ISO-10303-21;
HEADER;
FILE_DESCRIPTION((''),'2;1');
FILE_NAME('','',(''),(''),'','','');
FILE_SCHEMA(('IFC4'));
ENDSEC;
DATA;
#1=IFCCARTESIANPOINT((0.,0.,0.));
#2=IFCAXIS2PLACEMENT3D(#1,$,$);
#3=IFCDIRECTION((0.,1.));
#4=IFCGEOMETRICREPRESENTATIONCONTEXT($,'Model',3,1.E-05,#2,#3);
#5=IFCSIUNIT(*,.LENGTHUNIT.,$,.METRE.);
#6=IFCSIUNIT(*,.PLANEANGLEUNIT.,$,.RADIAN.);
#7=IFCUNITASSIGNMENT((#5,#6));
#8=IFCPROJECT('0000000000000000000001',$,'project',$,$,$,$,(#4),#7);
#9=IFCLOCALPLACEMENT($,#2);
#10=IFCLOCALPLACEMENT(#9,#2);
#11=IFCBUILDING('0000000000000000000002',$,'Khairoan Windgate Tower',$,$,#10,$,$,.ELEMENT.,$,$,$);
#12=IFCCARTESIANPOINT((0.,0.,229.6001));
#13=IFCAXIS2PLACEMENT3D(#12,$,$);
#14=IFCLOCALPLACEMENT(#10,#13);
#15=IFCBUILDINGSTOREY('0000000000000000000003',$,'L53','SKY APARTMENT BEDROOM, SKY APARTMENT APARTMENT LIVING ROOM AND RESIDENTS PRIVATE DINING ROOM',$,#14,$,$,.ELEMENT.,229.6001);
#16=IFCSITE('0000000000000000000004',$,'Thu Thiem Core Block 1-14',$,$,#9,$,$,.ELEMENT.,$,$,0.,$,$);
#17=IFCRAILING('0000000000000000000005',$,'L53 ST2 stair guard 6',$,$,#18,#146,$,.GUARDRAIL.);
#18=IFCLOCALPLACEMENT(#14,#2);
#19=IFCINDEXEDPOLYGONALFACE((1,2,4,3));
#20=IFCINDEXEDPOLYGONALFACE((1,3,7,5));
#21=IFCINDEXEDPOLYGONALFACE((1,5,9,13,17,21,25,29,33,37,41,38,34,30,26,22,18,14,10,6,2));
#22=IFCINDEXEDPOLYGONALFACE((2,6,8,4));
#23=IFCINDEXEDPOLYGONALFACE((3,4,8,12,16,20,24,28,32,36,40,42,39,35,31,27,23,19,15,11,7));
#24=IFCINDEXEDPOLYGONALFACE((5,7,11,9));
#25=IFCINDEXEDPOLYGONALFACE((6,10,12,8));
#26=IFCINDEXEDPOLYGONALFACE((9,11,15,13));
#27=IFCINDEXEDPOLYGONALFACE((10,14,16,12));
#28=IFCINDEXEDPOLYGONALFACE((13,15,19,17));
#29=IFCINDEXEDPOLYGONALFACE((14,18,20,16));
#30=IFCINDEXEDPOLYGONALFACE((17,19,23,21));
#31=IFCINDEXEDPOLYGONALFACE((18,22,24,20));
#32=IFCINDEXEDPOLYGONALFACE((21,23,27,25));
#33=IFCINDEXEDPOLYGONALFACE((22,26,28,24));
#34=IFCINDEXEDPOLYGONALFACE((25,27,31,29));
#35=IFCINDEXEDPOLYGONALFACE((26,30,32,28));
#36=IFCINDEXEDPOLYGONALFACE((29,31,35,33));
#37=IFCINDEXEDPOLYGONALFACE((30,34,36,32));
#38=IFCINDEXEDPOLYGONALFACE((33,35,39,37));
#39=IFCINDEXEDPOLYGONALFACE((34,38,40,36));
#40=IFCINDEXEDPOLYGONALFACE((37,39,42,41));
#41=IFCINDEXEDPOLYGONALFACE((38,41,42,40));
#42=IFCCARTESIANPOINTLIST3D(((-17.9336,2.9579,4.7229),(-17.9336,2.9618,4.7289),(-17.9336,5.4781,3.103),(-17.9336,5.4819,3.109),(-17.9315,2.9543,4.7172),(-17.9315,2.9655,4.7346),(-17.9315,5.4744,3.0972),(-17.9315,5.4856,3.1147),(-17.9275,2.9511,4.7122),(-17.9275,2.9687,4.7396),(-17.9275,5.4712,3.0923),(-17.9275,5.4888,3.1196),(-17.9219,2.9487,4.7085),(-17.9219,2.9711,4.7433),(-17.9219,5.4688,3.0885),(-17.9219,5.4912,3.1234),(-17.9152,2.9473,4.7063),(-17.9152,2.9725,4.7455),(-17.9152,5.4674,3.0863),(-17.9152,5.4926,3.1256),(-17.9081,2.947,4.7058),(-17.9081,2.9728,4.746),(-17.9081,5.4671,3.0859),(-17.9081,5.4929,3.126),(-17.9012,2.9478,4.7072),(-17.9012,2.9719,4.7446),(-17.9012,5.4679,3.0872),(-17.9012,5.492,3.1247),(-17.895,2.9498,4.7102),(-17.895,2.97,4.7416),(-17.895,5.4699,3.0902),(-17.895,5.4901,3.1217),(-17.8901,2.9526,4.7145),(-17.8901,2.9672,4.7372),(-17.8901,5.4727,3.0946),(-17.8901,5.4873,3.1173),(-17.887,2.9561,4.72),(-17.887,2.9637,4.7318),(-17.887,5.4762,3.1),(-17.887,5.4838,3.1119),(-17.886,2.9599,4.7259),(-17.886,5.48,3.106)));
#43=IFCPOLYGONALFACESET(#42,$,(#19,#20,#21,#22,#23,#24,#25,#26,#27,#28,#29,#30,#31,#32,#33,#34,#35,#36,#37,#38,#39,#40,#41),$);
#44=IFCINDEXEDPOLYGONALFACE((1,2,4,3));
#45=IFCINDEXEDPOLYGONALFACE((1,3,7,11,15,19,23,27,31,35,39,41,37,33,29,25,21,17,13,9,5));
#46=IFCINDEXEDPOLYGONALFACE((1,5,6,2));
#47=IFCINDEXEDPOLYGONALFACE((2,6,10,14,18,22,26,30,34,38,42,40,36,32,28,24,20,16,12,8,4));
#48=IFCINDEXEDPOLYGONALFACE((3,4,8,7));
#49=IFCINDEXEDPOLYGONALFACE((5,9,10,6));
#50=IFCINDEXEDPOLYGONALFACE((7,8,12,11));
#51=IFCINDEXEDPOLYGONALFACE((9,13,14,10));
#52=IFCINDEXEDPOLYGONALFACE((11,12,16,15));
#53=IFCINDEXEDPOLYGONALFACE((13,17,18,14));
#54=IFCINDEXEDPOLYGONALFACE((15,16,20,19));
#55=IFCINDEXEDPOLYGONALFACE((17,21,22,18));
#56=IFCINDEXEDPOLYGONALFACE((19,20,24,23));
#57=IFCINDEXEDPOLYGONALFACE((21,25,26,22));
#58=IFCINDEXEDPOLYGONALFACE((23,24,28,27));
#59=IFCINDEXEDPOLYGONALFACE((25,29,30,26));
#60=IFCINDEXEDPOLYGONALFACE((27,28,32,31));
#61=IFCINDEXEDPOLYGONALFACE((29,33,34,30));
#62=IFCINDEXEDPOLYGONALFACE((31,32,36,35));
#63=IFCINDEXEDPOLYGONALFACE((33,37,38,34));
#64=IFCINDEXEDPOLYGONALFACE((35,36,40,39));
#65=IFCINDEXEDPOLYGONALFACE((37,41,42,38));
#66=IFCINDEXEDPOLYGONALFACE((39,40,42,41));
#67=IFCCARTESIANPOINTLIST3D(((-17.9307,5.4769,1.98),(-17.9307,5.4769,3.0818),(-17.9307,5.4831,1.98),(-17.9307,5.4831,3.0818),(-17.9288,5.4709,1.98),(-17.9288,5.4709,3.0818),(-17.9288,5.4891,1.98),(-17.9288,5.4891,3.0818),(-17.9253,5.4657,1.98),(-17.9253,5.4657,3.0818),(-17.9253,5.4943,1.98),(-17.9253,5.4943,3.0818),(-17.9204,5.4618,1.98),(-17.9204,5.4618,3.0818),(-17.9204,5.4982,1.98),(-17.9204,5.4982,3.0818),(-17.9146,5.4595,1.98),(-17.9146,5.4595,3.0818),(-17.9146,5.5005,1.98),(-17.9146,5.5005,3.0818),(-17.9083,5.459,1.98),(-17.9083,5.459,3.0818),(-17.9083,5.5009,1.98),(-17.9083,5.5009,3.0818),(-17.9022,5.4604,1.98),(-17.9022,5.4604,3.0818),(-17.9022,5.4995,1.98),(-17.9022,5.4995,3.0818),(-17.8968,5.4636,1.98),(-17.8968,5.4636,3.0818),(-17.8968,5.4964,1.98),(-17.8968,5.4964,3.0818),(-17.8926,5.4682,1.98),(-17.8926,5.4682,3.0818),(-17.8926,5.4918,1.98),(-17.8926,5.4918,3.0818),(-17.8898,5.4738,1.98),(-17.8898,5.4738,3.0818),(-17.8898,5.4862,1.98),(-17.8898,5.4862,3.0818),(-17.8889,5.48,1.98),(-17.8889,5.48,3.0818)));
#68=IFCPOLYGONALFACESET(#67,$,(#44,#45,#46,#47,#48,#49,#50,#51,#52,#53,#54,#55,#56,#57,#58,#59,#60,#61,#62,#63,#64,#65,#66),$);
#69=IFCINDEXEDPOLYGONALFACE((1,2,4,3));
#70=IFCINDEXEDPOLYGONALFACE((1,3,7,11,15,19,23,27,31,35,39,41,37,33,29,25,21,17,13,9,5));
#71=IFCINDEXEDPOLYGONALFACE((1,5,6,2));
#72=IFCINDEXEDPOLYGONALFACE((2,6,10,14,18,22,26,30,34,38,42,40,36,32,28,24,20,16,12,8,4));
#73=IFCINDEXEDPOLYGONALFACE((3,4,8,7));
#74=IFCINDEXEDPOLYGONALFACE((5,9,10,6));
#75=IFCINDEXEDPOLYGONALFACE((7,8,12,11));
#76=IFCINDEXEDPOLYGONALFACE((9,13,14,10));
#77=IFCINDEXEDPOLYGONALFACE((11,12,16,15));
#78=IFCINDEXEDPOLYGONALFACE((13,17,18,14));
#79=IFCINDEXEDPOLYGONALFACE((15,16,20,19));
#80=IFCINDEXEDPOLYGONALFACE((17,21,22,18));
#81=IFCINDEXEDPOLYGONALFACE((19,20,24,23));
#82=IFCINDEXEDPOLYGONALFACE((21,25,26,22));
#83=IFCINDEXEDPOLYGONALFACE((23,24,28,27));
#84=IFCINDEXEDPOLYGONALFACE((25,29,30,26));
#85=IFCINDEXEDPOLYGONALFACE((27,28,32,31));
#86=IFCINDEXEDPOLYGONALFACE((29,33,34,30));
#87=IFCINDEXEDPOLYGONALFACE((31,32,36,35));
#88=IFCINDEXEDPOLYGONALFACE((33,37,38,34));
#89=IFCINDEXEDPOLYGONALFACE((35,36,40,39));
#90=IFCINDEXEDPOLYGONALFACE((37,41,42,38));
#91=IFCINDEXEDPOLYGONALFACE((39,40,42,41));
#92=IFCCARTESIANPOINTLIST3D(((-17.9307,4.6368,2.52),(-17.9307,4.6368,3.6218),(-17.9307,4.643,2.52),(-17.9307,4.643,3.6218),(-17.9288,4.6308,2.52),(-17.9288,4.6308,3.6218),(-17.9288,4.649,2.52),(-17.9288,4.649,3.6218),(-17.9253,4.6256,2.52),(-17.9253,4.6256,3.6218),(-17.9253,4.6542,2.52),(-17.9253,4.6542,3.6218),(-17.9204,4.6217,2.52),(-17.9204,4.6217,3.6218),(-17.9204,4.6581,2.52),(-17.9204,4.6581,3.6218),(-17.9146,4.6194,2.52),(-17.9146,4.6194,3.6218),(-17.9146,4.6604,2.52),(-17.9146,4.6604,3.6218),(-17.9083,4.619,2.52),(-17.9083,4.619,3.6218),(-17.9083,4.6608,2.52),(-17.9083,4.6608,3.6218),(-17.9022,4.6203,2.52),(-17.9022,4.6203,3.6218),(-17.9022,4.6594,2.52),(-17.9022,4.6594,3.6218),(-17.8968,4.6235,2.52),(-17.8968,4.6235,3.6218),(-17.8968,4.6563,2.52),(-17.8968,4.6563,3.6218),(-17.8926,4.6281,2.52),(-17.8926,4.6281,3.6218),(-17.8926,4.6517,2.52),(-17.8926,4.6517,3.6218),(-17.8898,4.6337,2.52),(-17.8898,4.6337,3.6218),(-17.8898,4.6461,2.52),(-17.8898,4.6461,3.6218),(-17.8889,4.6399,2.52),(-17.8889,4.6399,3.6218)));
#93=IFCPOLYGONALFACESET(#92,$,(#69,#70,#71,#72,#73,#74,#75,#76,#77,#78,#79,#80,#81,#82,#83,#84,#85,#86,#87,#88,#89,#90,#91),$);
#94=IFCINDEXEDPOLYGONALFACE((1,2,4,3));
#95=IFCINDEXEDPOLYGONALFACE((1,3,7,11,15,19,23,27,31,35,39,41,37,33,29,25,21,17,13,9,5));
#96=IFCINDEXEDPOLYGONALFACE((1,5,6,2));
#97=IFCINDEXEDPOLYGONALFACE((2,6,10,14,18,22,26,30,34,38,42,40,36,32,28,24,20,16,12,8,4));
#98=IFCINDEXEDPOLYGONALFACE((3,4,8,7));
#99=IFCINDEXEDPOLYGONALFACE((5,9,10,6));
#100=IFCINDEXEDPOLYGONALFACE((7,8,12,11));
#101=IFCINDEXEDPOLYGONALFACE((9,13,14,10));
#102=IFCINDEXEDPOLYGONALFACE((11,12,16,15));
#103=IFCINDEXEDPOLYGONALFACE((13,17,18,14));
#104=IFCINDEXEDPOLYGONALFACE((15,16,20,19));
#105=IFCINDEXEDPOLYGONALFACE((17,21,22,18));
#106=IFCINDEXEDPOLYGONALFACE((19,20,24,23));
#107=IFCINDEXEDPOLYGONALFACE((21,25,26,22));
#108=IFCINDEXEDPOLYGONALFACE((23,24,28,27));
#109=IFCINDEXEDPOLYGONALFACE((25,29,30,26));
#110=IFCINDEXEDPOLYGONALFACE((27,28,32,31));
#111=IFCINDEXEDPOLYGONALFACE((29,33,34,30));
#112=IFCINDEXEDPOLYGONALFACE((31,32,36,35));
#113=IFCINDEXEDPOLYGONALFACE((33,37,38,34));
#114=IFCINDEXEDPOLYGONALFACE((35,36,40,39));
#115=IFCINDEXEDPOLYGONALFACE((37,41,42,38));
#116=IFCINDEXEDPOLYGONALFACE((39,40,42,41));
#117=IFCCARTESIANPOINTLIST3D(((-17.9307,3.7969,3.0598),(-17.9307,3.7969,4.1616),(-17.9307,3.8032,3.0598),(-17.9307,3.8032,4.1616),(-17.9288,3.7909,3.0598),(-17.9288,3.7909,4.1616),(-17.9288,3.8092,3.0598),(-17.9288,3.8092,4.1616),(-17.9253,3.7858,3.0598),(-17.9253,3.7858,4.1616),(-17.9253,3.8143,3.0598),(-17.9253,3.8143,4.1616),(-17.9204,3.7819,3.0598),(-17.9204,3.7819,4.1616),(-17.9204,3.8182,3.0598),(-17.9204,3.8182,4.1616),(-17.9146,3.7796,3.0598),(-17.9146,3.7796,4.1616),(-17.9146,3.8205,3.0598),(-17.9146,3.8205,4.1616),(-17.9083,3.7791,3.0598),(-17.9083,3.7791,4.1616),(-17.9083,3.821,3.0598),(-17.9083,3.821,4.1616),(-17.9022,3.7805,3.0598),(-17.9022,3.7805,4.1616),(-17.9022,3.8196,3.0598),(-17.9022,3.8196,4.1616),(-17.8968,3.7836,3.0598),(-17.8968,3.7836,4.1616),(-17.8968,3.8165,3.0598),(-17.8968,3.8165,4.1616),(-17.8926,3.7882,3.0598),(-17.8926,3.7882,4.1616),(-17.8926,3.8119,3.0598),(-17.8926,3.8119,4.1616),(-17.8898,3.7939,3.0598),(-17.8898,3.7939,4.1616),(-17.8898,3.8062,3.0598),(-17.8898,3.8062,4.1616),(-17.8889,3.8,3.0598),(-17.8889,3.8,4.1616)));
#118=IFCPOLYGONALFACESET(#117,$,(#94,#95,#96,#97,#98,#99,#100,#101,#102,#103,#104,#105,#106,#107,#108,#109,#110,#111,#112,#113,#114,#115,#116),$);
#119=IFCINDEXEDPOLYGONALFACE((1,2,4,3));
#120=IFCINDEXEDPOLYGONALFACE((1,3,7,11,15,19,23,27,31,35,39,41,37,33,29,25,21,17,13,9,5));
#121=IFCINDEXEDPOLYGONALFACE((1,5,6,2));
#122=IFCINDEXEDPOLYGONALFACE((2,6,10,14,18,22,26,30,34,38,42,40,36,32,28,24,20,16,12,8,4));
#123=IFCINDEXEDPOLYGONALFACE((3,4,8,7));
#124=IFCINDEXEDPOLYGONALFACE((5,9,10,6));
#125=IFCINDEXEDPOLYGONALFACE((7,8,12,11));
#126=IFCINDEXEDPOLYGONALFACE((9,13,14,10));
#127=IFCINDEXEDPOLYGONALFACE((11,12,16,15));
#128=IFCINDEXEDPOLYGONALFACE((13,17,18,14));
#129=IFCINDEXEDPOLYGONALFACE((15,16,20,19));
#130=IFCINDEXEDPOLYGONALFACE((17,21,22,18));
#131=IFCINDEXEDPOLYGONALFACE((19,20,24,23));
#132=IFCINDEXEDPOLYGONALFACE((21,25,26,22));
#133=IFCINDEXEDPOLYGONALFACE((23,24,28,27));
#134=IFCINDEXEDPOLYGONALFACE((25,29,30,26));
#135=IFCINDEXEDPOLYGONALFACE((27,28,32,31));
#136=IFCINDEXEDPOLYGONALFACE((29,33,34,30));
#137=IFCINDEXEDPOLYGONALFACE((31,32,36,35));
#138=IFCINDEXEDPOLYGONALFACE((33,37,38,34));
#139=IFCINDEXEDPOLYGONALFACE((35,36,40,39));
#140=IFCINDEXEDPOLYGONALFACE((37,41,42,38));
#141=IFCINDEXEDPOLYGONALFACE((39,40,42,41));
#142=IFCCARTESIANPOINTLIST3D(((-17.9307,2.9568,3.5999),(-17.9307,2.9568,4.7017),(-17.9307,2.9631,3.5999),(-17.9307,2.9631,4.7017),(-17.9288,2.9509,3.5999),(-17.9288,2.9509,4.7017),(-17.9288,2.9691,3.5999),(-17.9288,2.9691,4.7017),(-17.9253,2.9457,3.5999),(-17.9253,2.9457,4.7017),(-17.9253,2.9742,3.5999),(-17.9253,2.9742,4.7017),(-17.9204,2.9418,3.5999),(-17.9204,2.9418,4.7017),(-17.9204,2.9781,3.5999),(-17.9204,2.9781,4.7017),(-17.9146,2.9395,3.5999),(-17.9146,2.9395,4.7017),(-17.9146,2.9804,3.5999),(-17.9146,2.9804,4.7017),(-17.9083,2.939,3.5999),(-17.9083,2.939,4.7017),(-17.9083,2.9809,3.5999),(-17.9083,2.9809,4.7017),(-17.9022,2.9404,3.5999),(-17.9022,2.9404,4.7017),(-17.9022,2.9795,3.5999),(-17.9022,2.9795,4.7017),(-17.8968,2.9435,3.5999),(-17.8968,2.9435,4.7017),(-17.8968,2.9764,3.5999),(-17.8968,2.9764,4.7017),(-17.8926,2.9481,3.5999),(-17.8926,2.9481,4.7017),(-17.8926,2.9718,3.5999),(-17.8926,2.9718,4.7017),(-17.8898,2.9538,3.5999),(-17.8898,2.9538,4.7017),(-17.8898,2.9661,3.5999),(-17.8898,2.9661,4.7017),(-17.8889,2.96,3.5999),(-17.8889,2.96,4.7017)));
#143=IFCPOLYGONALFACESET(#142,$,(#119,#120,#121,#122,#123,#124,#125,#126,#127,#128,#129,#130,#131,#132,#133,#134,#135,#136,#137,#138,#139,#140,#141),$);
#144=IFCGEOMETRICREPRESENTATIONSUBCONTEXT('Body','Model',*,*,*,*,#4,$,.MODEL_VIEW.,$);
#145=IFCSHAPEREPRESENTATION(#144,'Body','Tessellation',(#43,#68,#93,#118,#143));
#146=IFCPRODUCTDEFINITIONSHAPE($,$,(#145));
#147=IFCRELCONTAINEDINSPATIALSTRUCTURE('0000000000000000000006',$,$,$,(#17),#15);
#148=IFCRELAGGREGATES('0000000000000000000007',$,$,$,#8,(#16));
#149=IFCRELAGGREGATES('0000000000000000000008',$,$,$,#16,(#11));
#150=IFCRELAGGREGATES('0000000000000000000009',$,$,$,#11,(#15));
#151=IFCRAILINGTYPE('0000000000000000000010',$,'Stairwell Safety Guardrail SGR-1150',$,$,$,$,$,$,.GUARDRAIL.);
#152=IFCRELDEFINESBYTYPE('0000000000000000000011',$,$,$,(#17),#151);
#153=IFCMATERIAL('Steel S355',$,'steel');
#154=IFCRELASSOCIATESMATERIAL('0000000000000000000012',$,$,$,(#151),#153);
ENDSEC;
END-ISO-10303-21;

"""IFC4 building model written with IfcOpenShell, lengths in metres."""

from ifc_helpers import new_model, si_unit, direction, frame, origin, origin_2d, place, context, subcontext, project, spatial, circle, extrude, material, type_object, element, save


model = new_model("IFC4")

# Units and contexts
model_context = context("Model", 3, precision=1e-05, world=origin(), true_north=direction((0.0, 1.0)))
body_context = subcontext(model_context, "Body", "Model", "MODEL_VIEW")
ifc_project = project(units=[si_unit("LENGTHUNIT", "METRE"), si_unit("PLANEANGLEUNIT", "RADIAN")], contexts=[model_context])

# Site, building, storey
site_placement = place(None, origin())
site = spatial("IfcSite", under=ifc_project, at=site_placement, Name="Thu Thiem Core Block 1-14", CompositionType="ELEMENT", RefElevation=0.0)
building_placement = place(site_placement, origin())
building = spatial("IfcBuilding", under=site, at=building_placement, Name="Khairoan Windgate Tower", CompositionType="ELEMENT")
storey_placement = place(building_placement, frame((0.0, 0.0, 229.6001)))
storey = spatial("IfcBuildingStorey", under=building, at=storey_placement, Name="L53", Description="SKY APARTMENT BEDROOM, SKY APARTMENT APARTMENT LIVING ROOM AND RESIDENTS PRIVATE DINING ROOM", CompositionType="ELEMENT", Elevation=229.6001)

# Railing
ifc_material_1 = material(Name="Steel S355", Category="steel")
railing_type_1 = type_object("IfcRailingType", Name="Stairwell Safety Guardrail SGR-1150", PredefinedType="GUARDRAIL", material=ifc_material_1)
railing_1_placement = place(storey_placement, frame((-17.9099, 5.48, 1.98)))
element("IfcRailing", 1, at=railing_1_placement, inside=storey, type_object=railing_type_1, Name="L53 ST2 stair guard 6", PredefinedType="GUARDRAIL", context=body_context, shape_type="SweptSolid", body=[
    extrude(circle(Radius=0.0239, at=origin_2d()), frame((0.0, 0.0, 1.126), z_axis=(0.0, -0.8412, 0.540725), x_axis=(1.0, 0.0, 0.0)), (0.0, 0.0, 1.0), 2.9958),
    extrude(circle(Radius=0.021, at=origin_2d()), origin(), (0.0, 0.0, 1.0), 1.1018),
    extrude(circle(Radius=0.021, at=origin_2d()), frame((0.0, -0.8401, 0.54)), (0.0, 0.0, 1.0), 1.1018),
    extrude(circle(Radius=0.021, at=origin_2d()), frame((0.0, -1.6799, 1.0798)), (0.0, 0.0, 1.0), 1.1018),
    extrude(circle(Radius=0.021, at=origin_2d()), frame((0.0, -2.52, 1.6199)), (0.0, 0.0, 1.0), 1.1018),
])

save(model, "model.ifc")
